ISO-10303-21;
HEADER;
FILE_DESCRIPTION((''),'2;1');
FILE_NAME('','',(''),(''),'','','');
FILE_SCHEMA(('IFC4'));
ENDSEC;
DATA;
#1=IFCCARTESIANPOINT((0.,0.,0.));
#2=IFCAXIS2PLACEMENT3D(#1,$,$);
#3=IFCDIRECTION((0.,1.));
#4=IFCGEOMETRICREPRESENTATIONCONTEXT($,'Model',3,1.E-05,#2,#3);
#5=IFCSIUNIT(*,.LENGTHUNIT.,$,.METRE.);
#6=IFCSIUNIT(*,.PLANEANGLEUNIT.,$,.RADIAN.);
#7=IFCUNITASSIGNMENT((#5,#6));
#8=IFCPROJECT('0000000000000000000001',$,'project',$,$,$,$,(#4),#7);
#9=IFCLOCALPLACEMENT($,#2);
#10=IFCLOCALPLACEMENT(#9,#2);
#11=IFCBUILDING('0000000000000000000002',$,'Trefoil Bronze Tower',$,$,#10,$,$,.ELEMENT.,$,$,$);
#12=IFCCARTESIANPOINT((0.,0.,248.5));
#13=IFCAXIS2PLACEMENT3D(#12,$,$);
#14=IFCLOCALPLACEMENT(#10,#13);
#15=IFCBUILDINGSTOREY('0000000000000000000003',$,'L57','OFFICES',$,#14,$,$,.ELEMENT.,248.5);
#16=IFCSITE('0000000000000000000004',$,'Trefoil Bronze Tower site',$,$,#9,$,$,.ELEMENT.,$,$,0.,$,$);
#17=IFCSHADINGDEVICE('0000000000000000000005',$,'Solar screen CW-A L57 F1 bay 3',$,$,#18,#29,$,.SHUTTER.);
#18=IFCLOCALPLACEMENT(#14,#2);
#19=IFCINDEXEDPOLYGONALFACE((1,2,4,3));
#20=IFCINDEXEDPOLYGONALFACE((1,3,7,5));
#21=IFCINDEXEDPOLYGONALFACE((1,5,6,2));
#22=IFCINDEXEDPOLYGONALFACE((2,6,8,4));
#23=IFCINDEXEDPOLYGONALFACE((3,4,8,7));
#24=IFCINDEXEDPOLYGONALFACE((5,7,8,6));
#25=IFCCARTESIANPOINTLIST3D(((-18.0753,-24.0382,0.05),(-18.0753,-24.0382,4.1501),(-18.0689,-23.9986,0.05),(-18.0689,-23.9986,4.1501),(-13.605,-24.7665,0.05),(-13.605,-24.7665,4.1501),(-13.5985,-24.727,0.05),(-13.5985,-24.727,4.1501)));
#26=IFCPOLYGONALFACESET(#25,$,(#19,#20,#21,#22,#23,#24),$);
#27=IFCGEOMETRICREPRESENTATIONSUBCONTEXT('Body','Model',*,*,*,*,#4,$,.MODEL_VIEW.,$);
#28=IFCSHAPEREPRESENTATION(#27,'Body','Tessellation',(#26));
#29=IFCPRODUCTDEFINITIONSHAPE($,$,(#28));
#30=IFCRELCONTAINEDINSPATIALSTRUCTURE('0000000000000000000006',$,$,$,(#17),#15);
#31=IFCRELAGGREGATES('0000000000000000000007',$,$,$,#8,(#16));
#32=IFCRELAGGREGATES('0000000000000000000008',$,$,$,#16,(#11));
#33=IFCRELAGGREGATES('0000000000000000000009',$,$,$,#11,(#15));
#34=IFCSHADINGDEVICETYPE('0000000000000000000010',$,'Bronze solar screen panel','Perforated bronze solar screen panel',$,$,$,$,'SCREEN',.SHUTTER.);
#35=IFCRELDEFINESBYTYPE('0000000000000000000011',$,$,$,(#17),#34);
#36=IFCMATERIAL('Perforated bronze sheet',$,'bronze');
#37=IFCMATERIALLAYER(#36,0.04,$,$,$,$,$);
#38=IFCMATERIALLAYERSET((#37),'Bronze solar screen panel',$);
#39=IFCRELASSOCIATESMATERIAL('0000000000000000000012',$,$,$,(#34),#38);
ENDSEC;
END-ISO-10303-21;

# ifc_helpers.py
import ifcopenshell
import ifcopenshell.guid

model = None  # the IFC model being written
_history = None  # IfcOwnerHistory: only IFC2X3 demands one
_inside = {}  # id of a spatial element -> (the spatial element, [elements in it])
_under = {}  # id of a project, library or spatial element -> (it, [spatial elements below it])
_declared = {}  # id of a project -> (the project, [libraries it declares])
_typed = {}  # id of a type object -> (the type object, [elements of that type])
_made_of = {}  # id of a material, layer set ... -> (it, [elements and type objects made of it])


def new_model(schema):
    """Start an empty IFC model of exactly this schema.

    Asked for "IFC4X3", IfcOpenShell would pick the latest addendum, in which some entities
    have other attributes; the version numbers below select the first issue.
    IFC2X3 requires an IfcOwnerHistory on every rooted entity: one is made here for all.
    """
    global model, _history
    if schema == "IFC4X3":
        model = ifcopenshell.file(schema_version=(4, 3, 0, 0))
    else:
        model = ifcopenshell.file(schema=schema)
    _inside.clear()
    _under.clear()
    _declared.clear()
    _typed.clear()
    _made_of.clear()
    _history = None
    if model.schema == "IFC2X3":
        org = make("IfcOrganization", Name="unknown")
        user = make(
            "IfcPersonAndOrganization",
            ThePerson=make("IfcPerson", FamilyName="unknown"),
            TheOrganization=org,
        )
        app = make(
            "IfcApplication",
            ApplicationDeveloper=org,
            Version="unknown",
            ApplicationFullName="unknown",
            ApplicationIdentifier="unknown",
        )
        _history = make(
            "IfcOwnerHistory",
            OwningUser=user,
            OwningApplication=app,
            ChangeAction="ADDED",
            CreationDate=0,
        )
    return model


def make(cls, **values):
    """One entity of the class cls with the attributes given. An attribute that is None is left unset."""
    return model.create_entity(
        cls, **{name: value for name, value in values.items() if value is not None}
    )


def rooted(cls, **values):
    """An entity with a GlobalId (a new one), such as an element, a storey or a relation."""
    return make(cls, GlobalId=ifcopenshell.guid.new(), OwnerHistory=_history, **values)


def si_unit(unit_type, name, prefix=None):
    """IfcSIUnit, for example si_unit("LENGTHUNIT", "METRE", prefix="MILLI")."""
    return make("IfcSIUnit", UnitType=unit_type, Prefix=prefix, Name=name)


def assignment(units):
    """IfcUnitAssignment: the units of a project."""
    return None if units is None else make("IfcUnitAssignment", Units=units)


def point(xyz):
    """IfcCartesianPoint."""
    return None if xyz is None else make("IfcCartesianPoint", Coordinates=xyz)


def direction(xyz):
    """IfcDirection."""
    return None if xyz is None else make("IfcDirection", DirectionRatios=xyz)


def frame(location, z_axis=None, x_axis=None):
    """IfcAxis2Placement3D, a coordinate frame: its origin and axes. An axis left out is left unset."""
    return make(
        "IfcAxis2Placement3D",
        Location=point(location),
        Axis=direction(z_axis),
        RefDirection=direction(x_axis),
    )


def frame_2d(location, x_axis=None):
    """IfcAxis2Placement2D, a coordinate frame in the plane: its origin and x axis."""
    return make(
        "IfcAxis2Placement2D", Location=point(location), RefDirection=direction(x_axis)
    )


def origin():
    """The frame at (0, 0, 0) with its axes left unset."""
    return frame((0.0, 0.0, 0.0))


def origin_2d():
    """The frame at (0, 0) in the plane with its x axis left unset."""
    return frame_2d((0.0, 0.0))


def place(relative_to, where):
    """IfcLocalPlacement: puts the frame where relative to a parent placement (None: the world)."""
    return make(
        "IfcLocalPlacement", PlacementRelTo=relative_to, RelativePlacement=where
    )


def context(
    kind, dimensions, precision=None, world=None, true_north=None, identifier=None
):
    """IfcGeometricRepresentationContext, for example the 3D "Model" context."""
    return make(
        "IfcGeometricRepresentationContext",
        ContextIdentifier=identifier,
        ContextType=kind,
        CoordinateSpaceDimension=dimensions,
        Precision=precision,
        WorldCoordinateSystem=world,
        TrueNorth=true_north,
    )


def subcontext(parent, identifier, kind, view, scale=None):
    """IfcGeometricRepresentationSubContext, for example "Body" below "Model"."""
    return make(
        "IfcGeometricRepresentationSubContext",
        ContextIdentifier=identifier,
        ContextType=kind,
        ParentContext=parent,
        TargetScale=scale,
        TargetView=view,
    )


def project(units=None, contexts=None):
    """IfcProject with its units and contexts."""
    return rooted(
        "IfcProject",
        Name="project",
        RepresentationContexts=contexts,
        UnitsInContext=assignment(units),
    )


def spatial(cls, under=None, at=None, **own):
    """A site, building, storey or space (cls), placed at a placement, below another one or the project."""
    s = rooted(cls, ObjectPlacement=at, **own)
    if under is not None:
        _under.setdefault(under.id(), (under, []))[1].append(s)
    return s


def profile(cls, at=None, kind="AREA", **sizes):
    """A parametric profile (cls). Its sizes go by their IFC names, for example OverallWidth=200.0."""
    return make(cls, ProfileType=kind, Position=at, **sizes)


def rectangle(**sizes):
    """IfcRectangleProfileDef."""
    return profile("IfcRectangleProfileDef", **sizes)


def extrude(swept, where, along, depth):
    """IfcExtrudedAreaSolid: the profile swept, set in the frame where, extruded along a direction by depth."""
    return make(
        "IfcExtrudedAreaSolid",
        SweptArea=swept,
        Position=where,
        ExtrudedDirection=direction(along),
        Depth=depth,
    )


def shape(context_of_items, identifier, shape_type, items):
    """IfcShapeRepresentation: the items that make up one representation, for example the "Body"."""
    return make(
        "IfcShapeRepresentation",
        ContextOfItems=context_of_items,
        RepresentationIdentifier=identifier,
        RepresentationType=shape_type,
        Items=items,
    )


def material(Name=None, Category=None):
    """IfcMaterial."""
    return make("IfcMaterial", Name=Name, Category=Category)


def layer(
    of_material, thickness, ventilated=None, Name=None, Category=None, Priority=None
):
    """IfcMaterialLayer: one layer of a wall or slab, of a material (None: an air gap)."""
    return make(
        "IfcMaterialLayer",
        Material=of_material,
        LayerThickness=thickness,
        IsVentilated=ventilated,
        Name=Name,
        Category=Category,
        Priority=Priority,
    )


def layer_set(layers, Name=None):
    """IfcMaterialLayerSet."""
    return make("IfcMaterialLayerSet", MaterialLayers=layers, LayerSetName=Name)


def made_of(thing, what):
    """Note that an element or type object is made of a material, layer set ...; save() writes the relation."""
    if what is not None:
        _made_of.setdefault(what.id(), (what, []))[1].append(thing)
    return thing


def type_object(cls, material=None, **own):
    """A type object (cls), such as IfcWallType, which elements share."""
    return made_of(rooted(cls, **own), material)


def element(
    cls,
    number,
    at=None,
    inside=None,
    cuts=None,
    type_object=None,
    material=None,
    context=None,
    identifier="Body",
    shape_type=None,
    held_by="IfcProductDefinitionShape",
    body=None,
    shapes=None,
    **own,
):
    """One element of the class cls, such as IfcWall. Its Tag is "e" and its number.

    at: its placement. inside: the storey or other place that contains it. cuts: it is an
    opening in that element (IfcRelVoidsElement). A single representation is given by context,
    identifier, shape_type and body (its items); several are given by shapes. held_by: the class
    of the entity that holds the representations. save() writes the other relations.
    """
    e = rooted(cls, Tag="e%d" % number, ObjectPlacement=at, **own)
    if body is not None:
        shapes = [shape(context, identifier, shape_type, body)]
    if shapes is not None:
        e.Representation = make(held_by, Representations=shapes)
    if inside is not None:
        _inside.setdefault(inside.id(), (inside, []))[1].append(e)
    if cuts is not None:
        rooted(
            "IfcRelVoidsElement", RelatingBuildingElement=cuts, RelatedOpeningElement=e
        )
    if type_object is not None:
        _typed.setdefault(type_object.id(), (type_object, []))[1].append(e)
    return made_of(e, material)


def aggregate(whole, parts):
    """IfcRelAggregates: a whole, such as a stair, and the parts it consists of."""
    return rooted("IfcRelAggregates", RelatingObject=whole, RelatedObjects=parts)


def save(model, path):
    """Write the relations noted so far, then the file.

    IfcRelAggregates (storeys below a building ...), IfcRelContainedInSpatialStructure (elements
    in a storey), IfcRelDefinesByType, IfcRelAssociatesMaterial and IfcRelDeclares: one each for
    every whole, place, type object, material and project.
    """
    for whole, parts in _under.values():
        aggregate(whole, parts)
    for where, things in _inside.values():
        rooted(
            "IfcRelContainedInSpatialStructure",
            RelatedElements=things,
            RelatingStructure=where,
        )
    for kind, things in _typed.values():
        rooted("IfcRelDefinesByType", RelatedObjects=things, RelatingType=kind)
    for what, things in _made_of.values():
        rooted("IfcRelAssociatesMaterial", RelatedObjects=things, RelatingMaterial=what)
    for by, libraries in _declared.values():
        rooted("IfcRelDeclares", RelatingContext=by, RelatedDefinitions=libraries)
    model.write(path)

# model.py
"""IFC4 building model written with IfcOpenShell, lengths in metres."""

from ifc_helpers import new_model, si_unit, direction, frame, origin, origin_2d, place, context, subcontext, project, spatial, rectangle, extrude, material, layer, layer_set, type_object, element, save


model = new_model("IFC4")

# Units and contexts
model_context = context("Model", 3, precision=1e-05, world=origin(), true_north=direction((0.0, 1.0)))
body_context = subcontext(model_context, "Body", "Model", "MODEL_VIEW")
ifc_project = project(units=[si_unit("LENGTHUNIT", "METRE"), si_unit("PLANEANGLEUNIT", "RADIAN")], contexts=[model_context])

# Site, building, storey
site_placement = place(None, origin())
site = spatial("IfcSite", under=ifc_project, at=site_placement, Name="Trefoil Bronze Tower site", CompositionType="ELEMENT", RefElevation=0.0)
building_placement = place(site_placement, origin())
building = spatial("IfcBuilding", under=site, at=building_placement, Name="Trefoil Bronze Tower", CompositionType="ELEMENT")
storey_placement = place(building_placement, frame((0.0, 0.0, 248.5)))
storey = spatial("IfcBuildingStorey", under=building, at=storey_placement, Name="L57", Description="OFFICES", CompositionType="ELEMENT", Elevation=248.5)

# Shading device
ifc_material_1 = material(Name="Perforated bronze sheet", Category="bronze")
ifc_layer_1 = layer(ifc_material_1, 0.04)
ifc_layer_set_1 = layer_set([ifc_layer_1], Name="Bronze solar screen panel")
shading_device_type = type_object("IfcShadingDeviceType", Name="Bronze solar screen panel", Description="Perforated bronze solar screen panel", ElementType="SCREEN", PredefinedType="SHUTTER", material=ifc_layer_set_1)
shading_device_1_placement = place(storey_placement, frame((-15.8369, -24.3826, 0.05), z_axis=(0.0, 0.0, 1.0), x_axis=(0.986987, -0.160803, 0.0)))
element("IfcShadingDevice", 1, at=shading_device_1_placement, inside=storey, type_object=shading_device_type, Name="Solar screen CW-A L57 F1 bay 3", PredefinedType="SHUTTER", context=body_context, shape_type="SweptSolid", body=[
    extrude(rectangle(XDim=4.5293, YDim=0.04, at=origin_2d()), origin(), (0.0, 0.0, 1.0), 4.1001),
])

save(model, "model.ifc")
